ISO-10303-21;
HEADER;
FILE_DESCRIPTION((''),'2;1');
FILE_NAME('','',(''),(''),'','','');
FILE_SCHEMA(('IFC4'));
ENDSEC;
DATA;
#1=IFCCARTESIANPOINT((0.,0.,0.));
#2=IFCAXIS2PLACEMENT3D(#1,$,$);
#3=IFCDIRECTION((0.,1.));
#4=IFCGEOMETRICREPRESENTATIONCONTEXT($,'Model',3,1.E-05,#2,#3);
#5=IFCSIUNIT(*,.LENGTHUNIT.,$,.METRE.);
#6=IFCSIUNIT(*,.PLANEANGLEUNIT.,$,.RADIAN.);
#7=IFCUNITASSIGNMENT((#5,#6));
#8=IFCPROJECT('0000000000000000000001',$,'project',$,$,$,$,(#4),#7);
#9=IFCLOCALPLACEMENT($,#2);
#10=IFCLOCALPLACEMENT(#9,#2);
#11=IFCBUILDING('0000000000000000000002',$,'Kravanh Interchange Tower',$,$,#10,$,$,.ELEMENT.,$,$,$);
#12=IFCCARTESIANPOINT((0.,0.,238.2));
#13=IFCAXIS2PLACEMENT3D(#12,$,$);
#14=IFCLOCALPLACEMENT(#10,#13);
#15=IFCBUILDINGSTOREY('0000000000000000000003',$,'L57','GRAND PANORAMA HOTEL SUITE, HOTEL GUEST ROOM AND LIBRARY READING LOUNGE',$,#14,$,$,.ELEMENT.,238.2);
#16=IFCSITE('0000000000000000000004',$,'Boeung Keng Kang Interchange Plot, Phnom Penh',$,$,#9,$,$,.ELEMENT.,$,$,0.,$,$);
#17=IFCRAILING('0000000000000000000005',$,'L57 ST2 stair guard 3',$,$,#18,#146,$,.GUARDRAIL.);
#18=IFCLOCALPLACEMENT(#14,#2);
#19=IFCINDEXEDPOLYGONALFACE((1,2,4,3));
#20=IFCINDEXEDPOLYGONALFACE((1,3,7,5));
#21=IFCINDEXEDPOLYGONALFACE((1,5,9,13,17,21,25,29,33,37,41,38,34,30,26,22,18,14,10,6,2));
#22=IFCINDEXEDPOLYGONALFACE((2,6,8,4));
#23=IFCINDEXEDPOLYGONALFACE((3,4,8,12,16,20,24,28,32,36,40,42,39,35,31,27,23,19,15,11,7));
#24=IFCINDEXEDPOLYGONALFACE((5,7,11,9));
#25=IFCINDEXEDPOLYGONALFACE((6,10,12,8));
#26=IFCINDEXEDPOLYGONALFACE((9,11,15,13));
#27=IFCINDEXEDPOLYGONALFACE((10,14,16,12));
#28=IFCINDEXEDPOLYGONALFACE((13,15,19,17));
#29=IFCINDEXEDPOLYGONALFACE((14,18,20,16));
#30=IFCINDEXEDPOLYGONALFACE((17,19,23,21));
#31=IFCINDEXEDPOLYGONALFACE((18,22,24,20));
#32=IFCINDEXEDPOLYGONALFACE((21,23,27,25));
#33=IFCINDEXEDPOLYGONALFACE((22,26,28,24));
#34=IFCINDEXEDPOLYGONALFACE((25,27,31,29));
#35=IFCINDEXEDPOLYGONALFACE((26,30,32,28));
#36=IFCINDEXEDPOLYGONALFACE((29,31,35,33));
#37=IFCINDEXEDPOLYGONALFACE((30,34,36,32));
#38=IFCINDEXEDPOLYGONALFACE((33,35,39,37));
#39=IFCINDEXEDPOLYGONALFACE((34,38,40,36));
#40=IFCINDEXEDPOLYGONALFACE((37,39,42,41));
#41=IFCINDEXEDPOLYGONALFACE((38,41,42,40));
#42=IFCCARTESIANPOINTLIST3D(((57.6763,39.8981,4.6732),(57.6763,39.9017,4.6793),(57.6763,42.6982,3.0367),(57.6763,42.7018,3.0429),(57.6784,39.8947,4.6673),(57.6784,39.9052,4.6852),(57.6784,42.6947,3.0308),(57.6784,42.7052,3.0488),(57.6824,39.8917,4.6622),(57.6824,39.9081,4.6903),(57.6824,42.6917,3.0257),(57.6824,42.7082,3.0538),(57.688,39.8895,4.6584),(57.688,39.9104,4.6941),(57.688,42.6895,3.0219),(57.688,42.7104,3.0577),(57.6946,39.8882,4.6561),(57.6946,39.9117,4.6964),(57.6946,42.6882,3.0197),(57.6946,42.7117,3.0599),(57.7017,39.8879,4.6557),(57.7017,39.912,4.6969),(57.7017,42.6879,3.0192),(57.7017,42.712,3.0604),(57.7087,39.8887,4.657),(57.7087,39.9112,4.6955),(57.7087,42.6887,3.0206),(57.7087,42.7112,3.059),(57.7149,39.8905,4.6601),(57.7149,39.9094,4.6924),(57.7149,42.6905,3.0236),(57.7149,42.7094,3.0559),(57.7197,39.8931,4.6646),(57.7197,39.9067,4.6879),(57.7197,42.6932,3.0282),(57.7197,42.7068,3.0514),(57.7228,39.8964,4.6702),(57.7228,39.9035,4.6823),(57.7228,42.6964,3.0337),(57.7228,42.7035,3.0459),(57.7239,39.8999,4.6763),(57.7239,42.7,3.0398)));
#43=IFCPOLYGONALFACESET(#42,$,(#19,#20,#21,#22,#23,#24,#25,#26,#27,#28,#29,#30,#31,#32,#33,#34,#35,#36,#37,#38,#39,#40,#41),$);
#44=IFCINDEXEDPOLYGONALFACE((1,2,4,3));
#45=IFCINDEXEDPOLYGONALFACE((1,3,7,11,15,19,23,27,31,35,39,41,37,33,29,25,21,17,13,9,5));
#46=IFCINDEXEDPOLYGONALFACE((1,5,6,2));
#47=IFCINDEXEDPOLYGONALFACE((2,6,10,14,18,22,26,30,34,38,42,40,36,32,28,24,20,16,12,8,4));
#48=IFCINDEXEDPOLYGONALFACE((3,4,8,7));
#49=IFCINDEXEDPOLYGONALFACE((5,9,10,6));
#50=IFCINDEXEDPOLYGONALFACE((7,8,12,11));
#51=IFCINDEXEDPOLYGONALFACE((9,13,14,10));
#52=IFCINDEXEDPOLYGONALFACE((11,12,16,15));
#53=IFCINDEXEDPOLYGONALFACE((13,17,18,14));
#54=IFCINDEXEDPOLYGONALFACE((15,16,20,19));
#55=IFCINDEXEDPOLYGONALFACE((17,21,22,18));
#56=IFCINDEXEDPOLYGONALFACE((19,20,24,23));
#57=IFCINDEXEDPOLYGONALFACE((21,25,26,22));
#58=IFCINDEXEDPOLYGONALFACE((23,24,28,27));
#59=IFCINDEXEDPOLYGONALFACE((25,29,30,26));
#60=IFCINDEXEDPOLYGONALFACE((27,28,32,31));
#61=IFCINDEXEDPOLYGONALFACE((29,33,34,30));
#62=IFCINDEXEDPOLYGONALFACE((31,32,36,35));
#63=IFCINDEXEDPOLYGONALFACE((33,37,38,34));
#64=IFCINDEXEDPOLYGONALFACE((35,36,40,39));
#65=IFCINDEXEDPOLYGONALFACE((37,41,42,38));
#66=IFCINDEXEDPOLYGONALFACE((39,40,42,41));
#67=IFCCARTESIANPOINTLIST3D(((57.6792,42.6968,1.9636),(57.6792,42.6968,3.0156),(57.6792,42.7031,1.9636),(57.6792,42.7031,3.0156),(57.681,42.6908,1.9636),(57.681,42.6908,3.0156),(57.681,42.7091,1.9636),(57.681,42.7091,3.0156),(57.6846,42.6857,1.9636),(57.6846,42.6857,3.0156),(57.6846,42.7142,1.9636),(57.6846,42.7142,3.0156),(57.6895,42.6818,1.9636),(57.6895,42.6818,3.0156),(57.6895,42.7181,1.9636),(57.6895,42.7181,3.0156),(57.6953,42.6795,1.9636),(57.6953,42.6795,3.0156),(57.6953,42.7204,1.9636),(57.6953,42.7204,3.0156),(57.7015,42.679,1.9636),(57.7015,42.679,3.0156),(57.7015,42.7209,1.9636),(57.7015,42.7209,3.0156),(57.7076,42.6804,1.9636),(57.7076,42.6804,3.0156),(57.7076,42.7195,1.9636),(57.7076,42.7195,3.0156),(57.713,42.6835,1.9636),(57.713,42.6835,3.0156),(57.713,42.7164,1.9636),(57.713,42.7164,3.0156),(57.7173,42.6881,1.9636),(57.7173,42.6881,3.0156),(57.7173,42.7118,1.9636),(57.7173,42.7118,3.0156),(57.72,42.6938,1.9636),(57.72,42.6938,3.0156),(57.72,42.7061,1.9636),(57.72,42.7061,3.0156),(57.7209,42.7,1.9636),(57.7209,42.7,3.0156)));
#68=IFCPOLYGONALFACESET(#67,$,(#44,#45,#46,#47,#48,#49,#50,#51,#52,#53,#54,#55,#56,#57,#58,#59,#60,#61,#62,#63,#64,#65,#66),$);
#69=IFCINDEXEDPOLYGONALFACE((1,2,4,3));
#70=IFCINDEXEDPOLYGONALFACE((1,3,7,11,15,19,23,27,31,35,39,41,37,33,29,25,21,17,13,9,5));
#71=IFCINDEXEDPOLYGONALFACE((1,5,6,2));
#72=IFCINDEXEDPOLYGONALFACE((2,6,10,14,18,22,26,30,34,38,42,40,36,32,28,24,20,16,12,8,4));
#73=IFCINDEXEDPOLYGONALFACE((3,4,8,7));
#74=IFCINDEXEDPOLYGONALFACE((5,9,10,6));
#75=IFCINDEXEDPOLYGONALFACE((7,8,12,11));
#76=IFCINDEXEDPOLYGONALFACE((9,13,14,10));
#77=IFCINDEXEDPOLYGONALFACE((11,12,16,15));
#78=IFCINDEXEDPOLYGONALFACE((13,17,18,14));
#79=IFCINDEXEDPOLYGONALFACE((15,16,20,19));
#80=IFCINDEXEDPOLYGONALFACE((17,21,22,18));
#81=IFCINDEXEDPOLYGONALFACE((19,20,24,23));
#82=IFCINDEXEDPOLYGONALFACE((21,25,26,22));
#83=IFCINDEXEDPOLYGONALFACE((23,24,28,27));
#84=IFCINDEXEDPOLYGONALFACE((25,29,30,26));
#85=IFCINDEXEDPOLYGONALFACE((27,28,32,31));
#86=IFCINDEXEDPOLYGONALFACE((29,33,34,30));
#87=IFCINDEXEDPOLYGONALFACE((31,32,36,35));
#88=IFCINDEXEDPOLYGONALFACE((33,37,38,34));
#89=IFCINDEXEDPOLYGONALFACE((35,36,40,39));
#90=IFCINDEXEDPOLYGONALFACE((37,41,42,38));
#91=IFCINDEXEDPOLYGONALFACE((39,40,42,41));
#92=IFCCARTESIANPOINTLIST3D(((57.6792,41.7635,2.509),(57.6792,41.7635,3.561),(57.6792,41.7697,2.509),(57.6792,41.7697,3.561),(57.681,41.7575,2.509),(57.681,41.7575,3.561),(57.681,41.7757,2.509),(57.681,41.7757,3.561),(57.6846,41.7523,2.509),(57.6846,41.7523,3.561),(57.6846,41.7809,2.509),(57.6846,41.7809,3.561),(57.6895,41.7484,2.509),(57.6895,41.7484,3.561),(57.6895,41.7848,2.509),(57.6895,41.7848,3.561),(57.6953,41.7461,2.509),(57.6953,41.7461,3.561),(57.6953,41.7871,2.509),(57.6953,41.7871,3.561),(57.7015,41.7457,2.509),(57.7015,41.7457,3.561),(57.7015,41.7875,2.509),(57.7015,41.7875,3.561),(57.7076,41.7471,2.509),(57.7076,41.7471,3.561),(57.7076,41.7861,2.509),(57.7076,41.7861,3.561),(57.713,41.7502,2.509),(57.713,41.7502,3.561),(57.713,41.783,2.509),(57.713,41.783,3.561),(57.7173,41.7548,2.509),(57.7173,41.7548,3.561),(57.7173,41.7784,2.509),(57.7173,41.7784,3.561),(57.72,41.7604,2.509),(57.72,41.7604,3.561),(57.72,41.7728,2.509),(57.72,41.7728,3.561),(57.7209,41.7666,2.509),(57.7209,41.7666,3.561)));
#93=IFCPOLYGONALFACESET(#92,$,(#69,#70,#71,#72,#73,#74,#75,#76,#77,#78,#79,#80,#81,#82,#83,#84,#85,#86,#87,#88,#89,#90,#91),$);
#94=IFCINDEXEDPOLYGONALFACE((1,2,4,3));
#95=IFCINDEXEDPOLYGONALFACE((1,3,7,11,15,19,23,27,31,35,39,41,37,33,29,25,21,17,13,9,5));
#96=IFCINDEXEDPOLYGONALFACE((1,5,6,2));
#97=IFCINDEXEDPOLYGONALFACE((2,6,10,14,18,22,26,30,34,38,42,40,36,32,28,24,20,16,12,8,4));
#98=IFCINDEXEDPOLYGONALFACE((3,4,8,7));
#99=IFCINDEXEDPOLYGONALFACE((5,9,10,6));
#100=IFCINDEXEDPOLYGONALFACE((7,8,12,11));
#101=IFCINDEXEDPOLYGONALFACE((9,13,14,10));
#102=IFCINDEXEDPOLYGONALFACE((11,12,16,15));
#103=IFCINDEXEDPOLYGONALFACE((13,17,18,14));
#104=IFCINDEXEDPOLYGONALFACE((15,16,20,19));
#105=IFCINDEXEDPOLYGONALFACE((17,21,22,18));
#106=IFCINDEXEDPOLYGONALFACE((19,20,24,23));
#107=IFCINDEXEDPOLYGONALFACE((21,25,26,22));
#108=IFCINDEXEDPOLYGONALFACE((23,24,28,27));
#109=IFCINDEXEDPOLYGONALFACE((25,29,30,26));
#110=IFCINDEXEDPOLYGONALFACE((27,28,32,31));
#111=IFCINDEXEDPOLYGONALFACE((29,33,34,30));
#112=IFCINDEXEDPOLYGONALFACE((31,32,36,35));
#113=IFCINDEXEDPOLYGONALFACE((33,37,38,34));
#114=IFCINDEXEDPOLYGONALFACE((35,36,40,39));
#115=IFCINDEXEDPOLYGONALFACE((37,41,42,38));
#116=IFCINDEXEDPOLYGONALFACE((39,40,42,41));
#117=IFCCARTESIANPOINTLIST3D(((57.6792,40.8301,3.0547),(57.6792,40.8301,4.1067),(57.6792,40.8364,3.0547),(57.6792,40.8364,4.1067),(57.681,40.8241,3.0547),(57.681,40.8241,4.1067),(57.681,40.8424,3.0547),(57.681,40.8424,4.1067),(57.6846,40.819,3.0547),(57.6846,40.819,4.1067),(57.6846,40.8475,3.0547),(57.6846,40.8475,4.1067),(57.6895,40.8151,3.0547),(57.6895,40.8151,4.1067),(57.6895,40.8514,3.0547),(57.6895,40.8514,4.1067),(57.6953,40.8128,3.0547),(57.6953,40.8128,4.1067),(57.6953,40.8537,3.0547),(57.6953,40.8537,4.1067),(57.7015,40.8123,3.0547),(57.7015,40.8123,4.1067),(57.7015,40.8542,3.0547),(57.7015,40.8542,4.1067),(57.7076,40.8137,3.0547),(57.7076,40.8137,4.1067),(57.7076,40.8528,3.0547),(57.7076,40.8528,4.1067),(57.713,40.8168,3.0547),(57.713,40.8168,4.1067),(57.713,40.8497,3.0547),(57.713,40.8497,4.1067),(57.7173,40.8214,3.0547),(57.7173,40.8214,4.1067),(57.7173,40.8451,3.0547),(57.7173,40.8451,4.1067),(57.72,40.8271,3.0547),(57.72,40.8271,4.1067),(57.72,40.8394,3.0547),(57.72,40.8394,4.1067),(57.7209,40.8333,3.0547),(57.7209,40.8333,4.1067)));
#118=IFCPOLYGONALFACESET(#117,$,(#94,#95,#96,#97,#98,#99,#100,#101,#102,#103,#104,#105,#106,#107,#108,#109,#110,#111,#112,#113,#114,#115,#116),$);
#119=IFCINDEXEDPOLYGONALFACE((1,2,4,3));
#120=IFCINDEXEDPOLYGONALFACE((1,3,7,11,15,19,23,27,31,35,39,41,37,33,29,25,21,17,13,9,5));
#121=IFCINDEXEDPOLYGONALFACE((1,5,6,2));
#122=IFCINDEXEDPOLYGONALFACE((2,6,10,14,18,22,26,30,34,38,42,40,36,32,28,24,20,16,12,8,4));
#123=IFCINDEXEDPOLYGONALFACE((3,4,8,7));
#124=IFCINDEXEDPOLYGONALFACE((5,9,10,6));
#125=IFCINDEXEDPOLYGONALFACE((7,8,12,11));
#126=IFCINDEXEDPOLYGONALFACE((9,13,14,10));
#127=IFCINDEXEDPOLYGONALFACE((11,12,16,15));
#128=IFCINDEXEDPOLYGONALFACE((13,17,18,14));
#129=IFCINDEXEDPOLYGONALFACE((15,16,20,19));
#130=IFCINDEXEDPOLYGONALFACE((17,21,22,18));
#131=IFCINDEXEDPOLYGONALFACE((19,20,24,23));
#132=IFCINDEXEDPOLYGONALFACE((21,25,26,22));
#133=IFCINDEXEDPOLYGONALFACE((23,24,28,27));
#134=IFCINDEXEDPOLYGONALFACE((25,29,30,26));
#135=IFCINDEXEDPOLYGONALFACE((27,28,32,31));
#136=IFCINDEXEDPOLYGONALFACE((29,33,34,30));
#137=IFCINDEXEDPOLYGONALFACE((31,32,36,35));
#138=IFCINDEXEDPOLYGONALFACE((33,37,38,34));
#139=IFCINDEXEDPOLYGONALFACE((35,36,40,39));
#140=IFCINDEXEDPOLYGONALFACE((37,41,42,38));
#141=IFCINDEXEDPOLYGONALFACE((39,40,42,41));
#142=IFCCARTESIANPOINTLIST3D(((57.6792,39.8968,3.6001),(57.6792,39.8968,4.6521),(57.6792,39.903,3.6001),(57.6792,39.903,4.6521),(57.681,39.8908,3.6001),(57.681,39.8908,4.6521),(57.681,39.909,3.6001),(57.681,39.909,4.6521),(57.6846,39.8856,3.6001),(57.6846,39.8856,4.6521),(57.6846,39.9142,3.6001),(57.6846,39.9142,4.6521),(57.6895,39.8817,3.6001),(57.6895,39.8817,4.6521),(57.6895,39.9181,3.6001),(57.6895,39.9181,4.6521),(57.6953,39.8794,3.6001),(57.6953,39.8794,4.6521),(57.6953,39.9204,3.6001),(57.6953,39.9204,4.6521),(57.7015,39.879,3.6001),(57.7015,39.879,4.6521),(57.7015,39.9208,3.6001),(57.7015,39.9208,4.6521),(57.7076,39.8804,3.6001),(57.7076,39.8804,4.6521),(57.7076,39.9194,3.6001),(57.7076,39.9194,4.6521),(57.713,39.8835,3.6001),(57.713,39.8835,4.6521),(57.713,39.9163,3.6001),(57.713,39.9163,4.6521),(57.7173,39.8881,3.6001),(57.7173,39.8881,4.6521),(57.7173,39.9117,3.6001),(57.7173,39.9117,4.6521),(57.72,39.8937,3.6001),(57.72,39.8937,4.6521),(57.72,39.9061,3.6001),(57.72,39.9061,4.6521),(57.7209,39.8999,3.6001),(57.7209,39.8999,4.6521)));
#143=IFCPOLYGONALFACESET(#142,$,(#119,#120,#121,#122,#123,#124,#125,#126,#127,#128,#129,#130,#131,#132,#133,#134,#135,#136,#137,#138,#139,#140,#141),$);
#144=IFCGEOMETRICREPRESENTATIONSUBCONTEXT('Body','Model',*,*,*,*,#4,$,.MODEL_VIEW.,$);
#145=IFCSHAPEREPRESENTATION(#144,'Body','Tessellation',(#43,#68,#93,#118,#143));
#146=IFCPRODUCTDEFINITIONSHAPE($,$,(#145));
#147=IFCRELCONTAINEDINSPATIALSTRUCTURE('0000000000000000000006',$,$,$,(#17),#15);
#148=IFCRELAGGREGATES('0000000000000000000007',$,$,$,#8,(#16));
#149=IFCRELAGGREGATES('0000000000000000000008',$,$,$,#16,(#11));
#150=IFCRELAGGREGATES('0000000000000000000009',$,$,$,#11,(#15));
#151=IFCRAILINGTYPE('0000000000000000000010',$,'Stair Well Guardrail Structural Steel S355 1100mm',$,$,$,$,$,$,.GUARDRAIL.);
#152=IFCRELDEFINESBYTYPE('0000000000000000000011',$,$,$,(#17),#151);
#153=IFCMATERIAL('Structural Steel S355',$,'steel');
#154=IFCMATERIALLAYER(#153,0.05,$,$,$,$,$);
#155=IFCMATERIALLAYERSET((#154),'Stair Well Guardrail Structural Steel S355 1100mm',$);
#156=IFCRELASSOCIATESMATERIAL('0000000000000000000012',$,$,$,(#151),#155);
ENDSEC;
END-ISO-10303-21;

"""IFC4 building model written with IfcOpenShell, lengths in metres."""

from ifc_helpers import new_model, si_unit, direction, frame, origin, origin_2d, place, context, subcontext, project, spatial, circle, extrude, material, layer, layer_set, type_object, element, save


model = new_model("IFC4")

# Units and contexts
model_context = context("Model", 3, precision=1e-05, world=origin(), true_north=direction((0.0, 1.0)))
body_context = subcontext(model_context, "Body", "Model", "MODEL_VIEW")
ifc_project = project(units=[si_unit("LENGTHUNIT", "METRE"), si_unit("PLANEANGLEUNIT", "RADIAN")], contexts=[model_context])

# Site, building, storey
site_placement = place(None, origin())
site = spatial("IfcSite", under=ifc_project, at=site_placement, Name="Boeung Keng Kang Interchange Plot, Phnom Penh", CompositionType="ELEMENT", RefElevation=0.0)
building_placement = place(site_placement, origin())
building = spatial("IfcBuilding", under=site, at=building_placement, Name="Kravanh Interchange Tower", CompositionType="ELEMENT")
storey_placement = place(building_placement, frame((0.0, 0.0, 238.2)))
storey = spatial("IfcBuildingStorey", under=building, at=storey_placement, Name="L57", Description="GRAND PANORAMA HOTEL SUITE, HOTEL GUEST ROOM AND LIBRARY READING LOUNGE", CompositionType="ELEMENT", Elevation=238.2)

# Railing
ifc_material_1 = material(Name="Structural Steel S355", Category="steel")
ifc_layer_1 = layer(ifc_material_1, 0.05)
ifc_layer_set_1 = layer_set([ifc_layer_1], Name="Stair Well Guardrail Structural Steel S355 1100mm")
railing_type_1 = type_object("IfcRailingType", Name="Stair Well Guardrail Structural Steel S355 1100mm", PredefinedType="GUARDRAIL", material=ifc_layer_set_1)
railing_1_placement = place(storey_placement, frame((57.7, 42.7, 1.9636)))
element("IfcRailing", 1, at=railing_1_placement, inside=storey, type_object=railing_type_1, Name="L57 ST2 stair guard 3", PredefinedType="GUARDRAIL", context=body_context, shape_type="SweptSolid", body=[
    extrude(circle(Radius=0.0239, at=origin_2d()), frame((0.0, 0.0, 1.0762), z_axis=(0.0, -0.863361, 0.504587), x_axis=(1.0, 0.0, 0.0)), (0.0, 0.0, 1.0), 3.2432),
    extrude(circle(Radius=0.021, at=origin_2d()), origin(), (0.0, 0.0, 1.0), 1.052),
    extrude(circle(Radius=0.021, at=origin_2d()), frame((0.0, -0.9333, 0.5454)), (0.0, 0.0, 1.0), 1.052),
    extrude(circle(Radius=0.021, at=origin_2d()), frame((0.0, -1.8667, 1.0911)), (0.0, 0.0, 1.0), 1.052),
    extrude(circle(Radius=0.021, at=origin_2d()), frame((0.0, -2.8, 1.6365)), (0.0, 0.0, 1.0), 1.052),
])

save(model, "model.ifc")
